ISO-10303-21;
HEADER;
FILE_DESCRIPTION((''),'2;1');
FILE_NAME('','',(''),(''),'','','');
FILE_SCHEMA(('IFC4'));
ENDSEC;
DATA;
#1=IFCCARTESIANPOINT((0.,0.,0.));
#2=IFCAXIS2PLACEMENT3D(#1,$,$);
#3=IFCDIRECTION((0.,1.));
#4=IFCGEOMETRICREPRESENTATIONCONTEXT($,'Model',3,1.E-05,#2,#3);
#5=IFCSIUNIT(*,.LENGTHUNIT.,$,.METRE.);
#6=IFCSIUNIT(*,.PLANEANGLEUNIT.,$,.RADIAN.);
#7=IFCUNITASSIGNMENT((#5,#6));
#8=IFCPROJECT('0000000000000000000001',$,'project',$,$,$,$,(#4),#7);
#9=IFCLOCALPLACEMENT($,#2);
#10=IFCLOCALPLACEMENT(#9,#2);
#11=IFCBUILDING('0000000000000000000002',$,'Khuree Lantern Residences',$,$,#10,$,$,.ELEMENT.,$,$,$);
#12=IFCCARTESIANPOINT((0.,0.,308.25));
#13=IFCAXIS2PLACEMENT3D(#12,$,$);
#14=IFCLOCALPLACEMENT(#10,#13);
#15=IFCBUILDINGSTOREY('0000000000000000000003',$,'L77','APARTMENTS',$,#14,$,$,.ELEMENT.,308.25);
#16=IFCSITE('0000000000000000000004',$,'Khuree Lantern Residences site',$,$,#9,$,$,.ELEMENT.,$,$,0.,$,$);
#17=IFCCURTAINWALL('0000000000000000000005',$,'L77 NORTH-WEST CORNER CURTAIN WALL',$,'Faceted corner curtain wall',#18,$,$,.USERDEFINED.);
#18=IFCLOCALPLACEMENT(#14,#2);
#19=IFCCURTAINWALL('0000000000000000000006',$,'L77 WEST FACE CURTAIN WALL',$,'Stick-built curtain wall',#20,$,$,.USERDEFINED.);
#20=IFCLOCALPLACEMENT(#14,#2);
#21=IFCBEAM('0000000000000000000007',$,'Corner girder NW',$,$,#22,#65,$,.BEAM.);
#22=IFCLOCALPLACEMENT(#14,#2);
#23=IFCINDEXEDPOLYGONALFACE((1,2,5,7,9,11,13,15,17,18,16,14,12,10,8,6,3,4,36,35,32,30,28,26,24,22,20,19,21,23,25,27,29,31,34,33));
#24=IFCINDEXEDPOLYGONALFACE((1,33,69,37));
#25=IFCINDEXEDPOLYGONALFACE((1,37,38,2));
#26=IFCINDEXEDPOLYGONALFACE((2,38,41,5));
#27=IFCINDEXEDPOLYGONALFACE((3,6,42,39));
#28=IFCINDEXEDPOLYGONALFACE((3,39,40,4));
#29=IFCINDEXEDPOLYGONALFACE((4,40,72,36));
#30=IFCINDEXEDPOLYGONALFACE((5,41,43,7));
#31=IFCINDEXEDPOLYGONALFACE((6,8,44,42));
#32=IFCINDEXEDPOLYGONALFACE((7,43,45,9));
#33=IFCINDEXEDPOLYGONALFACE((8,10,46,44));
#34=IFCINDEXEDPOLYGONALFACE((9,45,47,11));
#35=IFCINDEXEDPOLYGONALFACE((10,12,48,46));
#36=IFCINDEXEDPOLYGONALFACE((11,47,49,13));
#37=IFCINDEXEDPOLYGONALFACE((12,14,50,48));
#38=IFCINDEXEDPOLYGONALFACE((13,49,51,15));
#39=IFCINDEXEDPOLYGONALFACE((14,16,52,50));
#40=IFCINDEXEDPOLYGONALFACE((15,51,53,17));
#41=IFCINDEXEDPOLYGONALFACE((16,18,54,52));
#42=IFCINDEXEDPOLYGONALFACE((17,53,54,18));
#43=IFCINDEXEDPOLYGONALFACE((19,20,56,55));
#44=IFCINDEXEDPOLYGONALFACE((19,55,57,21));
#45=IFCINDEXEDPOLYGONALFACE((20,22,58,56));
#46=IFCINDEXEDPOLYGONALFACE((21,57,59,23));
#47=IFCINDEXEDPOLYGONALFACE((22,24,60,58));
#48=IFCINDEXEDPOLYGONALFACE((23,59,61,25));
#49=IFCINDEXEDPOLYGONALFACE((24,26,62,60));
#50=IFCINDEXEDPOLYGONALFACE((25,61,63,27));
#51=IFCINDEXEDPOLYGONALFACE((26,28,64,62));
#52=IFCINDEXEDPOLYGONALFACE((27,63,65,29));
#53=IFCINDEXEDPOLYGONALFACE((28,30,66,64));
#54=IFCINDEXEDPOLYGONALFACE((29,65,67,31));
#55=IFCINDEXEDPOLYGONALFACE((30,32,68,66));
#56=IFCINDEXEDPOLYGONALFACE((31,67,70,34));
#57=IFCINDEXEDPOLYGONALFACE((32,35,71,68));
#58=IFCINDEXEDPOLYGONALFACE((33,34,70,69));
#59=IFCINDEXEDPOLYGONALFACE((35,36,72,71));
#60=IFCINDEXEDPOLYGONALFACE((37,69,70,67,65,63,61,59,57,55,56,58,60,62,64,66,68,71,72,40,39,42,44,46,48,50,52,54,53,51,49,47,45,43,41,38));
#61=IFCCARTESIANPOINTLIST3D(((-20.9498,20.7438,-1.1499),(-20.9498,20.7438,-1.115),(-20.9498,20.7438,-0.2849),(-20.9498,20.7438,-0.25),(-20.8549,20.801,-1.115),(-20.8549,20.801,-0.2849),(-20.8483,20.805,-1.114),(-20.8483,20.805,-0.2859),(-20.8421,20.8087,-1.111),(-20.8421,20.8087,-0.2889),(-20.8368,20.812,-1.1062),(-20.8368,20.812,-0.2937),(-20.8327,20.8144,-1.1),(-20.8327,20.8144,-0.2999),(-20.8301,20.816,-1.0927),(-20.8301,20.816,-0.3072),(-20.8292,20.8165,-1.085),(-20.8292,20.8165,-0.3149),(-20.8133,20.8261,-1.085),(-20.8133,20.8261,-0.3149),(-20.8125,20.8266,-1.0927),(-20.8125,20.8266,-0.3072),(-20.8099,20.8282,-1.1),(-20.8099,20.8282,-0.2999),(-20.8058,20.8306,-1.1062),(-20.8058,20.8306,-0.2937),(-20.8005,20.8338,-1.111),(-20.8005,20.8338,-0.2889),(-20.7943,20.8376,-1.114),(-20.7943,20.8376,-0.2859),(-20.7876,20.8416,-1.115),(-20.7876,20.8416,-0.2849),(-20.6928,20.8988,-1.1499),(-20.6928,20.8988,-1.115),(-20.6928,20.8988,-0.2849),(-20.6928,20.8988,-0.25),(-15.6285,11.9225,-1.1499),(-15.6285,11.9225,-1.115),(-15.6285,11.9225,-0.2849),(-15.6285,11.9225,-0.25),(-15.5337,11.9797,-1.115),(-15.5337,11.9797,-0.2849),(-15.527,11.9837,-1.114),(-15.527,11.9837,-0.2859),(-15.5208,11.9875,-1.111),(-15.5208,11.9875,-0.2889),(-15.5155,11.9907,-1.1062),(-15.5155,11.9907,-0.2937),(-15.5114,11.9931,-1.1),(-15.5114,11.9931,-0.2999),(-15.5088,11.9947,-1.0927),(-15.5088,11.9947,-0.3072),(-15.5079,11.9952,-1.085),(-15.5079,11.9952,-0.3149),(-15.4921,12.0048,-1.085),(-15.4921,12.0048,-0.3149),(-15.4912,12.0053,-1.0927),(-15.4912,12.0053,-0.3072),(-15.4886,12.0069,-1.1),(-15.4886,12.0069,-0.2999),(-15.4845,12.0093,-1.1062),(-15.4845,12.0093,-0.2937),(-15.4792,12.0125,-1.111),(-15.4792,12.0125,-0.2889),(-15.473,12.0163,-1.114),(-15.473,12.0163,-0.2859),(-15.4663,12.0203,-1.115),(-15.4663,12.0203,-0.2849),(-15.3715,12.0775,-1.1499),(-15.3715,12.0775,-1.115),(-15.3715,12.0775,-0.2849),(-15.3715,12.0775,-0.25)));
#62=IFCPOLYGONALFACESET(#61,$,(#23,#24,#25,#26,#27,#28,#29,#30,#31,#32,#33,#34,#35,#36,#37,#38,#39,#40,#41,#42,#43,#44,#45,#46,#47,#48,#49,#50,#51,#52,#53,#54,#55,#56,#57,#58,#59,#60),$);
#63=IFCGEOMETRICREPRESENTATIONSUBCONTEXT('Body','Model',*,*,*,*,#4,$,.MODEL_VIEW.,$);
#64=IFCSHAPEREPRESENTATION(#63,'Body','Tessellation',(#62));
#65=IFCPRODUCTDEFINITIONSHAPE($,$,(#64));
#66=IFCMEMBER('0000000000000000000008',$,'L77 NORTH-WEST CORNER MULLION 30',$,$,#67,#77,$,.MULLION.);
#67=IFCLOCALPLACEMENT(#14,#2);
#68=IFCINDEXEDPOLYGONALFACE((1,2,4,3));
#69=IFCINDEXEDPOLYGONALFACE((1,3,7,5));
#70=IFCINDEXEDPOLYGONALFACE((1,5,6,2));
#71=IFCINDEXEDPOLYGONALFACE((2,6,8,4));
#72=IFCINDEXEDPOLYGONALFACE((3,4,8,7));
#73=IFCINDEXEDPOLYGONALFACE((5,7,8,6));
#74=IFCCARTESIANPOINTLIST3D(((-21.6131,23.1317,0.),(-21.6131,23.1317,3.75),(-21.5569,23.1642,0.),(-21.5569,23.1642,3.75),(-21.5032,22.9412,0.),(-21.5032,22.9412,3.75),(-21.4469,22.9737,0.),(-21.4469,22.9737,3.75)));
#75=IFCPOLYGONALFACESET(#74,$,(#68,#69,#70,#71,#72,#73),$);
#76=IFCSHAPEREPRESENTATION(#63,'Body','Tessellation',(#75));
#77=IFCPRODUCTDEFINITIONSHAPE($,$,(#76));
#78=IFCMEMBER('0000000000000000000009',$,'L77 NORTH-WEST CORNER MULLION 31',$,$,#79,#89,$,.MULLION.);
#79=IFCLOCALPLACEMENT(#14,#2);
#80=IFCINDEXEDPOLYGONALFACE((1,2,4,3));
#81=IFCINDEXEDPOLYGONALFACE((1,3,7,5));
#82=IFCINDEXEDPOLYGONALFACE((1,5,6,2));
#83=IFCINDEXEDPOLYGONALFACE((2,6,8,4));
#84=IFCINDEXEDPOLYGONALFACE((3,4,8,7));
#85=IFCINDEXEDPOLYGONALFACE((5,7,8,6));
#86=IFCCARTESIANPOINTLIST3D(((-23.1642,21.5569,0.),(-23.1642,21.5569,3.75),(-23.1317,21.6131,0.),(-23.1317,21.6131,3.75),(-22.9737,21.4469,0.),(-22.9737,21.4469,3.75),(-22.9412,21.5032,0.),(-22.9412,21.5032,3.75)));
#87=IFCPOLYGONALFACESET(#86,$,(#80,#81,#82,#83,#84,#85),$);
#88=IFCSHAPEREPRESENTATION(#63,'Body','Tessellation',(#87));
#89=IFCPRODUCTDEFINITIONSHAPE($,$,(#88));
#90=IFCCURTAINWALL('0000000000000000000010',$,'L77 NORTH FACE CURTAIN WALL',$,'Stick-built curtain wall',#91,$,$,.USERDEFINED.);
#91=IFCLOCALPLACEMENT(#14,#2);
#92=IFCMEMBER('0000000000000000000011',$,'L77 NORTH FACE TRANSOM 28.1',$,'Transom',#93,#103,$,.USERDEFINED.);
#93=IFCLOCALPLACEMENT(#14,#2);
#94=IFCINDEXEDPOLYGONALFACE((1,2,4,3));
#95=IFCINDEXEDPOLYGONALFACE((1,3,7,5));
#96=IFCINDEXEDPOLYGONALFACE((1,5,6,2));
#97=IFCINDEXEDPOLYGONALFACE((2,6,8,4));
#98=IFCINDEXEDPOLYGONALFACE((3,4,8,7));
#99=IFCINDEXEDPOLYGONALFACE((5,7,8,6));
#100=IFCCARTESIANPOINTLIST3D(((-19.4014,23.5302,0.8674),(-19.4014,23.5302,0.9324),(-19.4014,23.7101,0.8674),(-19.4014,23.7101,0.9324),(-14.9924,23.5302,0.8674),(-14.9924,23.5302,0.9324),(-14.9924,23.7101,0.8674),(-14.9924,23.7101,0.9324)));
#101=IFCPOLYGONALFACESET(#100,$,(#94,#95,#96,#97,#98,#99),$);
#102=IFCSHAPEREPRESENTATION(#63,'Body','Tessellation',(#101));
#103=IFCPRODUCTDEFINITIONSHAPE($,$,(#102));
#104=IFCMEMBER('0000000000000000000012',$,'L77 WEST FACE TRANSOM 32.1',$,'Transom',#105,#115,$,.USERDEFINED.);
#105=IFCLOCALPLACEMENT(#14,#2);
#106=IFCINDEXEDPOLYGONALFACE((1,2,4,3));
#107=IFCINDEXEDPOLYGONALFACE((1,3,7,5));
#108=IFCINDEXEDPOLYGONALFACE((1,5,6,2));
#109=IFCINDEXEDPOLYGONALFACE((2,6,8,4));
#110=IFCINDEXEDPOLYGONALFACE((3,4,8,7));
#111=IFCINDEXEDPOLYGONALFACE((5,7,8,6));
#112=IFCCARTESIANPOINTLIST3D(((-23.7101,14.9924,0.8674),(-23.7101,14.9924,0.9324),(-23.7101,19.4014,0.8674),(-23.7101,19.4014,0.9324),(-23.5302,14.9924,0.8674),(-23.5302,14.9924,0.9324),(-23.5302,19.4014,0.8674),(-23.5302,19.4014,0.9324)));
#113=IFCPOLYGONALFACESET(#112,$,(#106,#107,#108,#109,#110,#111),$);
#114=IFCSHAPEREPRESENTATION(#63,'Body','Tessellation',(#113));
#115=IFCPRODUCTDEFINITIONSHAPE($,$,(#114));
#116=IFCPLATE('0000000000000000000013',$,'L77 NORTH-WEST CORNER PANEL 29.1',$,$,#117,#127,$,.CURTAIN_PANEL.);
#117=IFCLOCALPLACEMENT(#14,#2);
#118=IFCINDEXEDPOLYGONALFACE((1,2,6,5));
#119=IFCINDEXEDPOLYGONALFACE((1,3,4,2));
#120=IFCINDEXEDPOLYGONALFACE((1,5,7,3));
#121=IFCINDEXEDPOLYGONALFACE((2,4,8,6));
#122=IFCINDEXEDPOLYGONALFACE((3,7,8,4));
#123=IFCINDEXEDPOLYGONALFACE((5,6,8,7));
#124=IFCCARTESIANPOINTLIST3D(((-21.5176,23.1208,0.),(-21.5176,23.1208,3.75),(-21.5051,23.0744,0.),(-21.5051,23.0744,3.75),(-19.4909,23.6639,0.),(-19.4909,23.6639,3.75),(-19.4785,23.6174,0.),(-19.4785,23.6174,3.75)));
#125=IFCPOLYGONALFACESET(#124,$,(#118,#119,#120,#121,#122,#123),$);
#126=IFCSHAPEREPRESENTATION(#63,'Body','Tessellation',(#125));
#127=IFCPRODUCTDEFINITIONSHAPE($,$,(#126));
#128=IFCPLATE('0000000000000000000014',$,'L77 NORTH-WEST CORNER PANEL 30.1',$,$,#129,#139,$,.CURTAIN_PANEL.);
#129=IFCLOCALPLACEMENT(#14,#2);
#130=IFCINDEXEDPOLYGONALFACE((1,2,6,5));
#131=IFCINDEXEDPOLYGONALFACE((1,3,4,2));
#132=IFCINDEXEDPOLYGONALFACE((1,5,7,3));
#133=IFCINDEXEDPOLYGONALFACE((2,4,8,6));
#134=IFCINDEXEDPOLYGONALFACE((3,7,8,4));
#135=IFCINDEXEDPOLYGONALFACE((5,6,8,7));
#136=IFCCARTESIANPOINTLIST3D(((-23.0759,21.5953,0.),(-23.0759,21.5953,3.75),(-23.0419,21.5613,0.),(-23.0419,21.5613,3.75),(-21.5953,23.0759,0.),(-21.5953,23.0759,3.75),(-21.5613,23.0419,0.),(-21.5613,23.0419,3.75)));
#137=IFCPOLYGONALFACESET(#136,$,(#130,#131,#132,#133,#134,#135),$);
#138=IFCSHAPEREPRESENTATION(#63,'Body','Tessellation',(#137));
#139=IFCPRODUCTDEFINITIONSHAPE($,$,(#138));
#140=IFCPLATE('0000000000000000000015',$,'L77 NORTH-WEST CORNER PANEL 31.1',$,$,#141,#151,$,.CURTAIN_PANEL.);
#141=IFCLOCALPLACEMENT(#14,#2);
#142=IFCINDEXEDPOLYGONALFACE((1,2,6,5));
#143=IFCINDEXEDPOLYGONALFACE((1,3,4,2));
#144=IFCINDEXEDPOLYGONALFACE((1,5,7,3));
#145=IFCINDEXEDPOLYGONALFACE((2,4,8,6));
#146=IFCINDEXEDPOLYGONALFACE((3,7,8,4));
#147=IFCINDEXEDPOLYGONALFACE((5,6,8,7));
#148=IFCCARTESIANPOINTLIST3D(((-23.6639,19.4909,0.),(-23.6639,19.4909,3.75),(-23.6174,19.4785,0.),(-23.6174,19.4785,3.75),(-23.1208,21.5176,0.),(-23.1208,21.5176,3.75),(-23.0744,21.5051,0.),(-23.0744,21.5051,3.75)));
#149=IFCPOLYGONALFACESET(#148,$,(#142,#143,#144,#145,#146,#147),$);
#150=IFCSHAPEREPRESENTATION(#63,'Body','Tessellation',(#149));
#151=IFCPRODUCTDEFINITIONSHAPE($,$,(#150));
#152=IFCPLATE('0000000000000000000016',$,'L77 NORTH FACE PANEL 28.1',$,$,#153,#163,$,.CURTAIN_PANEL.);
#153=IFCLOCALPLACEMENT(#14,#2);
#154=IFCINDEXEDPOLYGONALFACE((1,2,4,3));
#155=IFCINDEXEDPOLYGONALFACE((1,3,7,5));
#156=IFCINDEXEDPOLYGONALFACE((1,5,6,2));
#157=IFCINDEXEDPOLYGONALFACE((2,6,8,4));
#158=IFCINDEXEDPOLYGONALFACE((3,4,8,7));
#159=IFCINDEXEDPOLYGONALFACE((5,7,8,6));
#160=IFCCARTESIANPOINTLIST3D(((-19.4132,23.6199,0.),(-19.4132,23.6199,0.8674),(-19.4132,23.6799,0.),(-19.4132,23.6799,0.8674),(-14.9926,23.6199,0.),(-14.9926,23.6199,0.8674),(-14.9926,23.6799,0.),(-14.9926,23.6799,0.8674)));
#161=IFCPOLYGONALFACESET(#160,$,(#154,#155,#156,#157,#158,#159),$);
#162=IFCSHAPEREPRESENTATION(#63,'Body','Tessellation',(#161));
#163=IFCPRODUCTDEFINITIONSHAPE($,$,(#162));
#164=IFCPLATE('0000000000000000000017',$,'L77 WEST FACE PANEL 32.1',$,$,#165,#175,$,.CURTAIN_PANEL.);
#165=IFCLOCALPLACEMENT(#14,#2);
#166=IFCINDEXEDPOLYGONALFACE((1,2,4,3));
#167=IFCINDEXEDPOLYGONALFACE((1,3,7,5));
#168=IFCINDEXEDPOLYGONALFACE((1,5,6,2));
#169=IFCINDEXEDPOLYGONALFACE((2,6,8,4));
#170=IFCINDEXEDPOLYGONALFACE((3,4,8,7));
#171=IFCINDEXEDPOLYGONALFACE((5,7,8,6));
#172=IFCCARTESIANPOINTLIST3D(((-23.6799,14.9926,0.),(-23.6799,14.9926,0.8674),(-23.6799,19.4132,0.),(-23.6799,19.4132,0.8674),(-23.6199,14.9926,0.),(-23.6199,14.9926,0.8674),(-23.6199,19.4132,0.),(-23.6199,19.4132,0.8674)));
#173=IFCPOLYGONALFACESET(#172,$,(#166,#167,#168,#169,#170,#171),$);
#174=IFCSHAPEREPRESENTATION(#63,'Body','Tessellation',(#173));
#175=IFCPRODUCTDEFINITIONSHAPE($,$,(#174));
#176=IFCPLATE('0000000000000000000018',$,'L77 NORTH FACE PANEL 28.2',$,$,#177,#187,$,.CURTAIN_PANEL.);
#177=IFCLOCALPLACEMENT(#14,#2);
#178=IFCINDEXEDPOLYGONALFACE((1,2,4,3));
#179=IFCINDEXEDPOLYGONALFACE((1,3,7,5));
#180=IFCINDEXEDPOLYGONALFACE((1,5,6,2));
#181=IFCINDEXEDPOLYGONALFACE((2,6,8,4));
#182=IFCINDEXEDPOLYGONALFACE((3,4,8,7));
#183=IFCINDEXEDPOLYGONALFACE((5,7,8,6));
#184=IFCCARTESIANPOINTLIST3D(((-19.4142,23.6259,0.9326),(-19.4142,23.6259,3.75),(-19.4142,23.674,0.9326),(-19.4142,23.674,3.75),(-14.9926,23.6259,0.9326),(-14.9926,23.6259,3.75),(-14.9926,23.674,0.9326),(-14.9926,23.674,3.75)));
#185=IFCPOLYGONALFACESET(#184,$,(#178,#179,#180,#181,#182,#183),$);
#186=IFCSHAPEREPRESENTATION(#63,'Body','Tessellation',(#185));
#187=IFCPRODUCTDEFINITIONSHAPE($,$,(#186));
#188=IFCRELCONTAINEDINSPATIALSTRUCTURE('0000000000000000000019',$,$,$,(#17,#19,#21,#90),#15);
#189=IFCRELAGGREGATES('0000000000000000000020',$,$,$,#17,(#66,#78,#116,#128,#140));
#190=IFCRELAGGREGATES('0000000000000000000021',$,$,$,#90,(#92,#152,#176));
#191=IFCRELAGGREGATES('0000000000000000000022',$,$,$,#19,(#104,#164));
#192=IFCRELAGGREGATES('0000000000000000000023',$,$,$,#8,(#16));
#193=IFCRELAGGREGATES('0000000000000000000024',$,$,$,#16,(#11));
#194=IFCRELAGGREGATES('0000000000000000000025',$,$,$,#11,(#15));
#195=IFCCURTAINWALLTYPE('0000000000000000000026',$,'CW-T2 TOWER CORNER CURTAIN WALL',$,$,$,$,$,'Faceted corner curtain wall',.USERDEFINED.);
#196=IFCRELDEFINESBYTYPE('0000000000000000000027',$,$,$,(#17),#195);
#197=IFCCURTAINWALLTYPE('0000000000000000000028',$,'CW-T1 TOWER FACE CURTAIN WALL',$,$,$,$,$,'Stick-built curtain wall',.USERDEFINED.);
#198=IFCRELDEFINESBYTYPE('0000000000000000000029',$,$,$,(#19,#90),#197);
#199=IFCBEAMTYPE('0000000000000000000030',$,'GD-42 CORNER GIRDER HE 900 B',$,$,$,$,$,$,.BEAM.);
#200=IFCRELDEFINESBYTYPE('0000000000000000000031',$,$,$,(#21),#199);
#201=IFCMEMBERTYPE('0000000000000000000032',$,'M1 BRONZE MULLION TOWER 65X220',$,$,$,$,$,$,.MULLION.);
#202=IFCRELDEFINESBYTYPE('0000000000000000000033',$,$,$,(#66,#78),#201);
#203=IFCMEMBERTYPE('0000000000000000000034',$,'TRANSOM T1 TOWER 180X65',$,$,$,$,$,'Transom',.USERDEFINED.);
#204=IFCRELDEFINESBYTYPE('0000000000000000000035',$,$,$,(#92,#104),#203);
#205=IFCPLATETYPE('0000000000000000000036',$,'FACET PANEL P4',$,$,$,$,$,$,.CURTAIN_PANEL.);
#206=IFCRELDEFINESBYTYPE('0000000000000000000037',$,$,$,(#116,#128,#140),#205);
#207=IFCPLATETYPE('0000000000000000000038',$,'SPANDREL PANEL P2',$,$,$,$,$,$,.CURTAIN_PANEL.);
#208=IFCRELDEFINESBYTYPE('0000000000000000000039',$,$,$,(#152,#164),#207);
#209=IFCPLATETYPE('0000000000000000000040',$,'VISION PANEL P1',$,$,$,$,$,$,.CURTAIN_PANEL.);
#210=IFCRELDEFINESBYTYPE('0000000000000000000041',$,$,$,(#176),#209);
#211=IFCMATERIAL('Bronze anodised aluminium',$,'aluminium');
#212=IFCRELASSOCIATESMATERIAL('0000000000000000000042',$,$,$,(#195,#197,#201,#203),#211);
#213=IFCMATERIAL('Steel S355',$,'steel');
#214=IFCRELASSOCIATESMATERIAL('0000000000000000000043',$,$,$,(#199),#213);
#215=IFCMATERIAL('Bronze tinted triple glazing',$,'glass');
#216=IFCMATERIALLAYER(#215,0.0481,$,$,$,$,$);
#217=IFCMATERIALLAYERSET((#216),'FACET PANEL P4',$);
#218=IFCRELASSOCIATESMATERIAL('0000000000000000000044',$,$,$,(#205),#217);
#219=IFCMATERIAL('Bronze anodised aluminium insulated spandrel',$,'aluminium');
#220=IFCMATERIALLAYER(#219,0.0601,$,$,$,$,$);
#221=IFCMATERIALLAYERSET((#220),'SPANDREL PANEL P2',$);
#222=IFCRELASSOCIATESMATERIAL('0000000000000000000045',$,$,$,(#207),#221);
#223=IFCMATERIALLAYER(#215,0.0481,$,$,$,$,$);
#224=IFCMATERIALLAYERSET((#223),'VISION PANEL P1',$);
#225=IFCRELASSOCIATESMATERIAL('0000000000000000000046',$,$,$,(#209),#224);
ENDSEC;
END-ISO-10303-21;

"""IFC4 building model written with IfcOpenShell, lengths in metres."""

from ifc_helpers import new_model, si_unit, direction, frame, origin, origin_2d, place, context, subcontext, project, spatial, rectangle, i_section, extrude, material, layer, layer_set, material_profile, profile_set, type_object, element, aggregate, save


model = new_model("IFC4")

# Units and contexts
model_context = context("Model", 3, precision=1e-05, world=origin(), true_north=direction((0.0, 1.0)))
body_context = subcontext(model_context, "Body", "Model", "MODEL_VIEW")
ifc_project = project(units=[si_unit("LENGTHUNIT", "METRE"), si_unit("PLANEANGLEUNIT", "RADIAN")], contexts=[model_context])

# Site, building, storey
site_placement = place(None, origin())
site = spatial("IfcSite", under=ifc_project, at=site_placement, Name="Khuree Lantern Residences site", CompositionType="ELEMENT", RefElevation=0.0)
building_placement = place(site_placement, origin())
building = spatial("IfcBuilding", under=site, at=building_placement, Name="Khuree Lantern Residences", CompositionType="ELEMENT")
storey_placement = place(building_placement, frame((0.0, 0.0, 308.25)))
storey = spatial("IfcBuildingStorey", under=building, at=storey_placement, Name="L77", Description="APARTMENTS", CompositionType="ELEMENT", Elevation=308.25)

# Shared definitions
ifc_material_1 = material(Name="Steel S355", Category="steel")

# Curtain walls
ifc_material_2 = material(Name="Bronze anodised aluminium", Category="aluminium")
curtain_wall_type_1 = type_object("IfcCurtainWallType", Name="CW-T2 TOWER CORNER CURTAIN WALL", ElementType="Faceted corner curtain wall", PredefinedType="USERDEFINED", material=ifc_material_2)
curtain_wall_1_placement = place(storey_placement, origin())
curtain_wall_1 = element("IfcCurtainWall", 1, at=curtain_wall_1_placement, inside=storey, type_object=curtain_wall_type_1, Name="L77 NORTH-WEST CORNER CURTAIN WALL", ObjectType="Faceted corner curtain wall", PredefinedType="USERDEFINED")
curtain_wall_type_2 = type_object("IfcCurtainWallType", Name="CW-T1 TOWER FACE CURTAIN WALL", ElementType="Stick-built curtain wall", PredefinedType="USERDEFINED", material=ifc_material_2)
curtain_wall_2_placement = place(storey_placement, origin())
curtain_wall_2 = element("IfcCurtainWall", 2, at=curtain_wall_2_placement, inside=storey, type_object=curtain_wall_type_2, Name="L77 WEST FACE CURTAIN WALL", ObjectType="Stick-built curtain wall", PredefinedType="USERDEFINED")

# Beam
ifc_material_profile_1 = material_profile(ifc_material_1, i_section(OverallWidth=0.3, OverallDepth=0.8999, WebThickness=0.0186, FlangeThickness=0.0349, FilletRadius=0.03, at=origin_2d()), Name="HE 900 B")
ifc_profile_set_1 = profile_set([ifc_material_profile_1], Name="Steel S355")
beam_type_1 = type_object("IfcBeamType", Name="GD-42 CORNER GIRDER HE 900 B", PredefinedType="BEAM", material=ifc_profile_set_1)
beam_1_placement = place(storey_placement, frame((-20.8213, 20.8213, -0.7), z_axis=(0.51653, -0.856269, 0.0), x_axis=(0.856269, 0.51653, 0.0)))
element("IfcBeam", 3, at=beam_1_placement, inside=storey, type_object=beam_type_1, Name="Corner girder NW", PredefinedType="BEAM", context=body_context, shape_type="SweptSolid", body=[
    extrude(i_section(OverallWidth=0.3, OverallDepth=0.8999, WebThickness=0.0186, FlangeThickness=0.0349, FilletRadius=0.03, at=origin_2d()), origin(), (0.0, 0.0, 1.0), 10.302),
])

# Members
ifc_material_profile_2 = material_profile(ifc_material_2, rectangle(XDim=0.0649, YDim=0.22, at=origin_2d()), Name="M1 65X220")
ifc_profile_set_2 = profile_set([ifc_material_profile_2], Name="Bronze anodised aluminium")
member_type_1 = type_object("IfcMemberType", Name="M1 BRONZE MULLION TOWER 65X220", PredefinedType="MULLION", material=ifc_profile_set_2)
member_1_placement = place(storey_placement, frame((-21.53, 23.0527, 0.0), z_axis=(0.0, 0.0, 1.0), x_axis=(-0.866025, -0.5, 0.0)))
member_1 = element("IfcMember", 4, at=member_1_placement, type_object=member_type_1, Name="L77 NORTH-WEST CORNER MULLION 30", PredefinedType="MULLION", context=body_context, shape_type="SweptSolid", body=[
    extrude(rectangle(XDim=0.0649, YDim=0.22, at=origin_2d()), origin(), (0.0, 0.0, 1.0), 3.75),
])
member_2_placement = place(storey_placement, frame((-23.0527, 21.53, 0.0), z_axis=(0.0, 0.0, 1.0), x_axis=(-0.5, -0.866025, 0.0)))
member_2 = element("IfcMember", 5, at=member_2_placement, type_object=member_type_1, Name="L77 NORTH-WEST CORNER MULLION 31", PredefinedType="MULLION", context=body_context, shape_type="SweptSolid", body=[
    extrude(rectangle(XDim=0.0649, YDim=0.22, at=origin_2d()), origin(), (0.0, 0.0, 1.0), 3.75),
])

# Curtain wall, member
curtain_wall_3_placement = place(storey_placement, origin())
curtain_wall_3 = element("IfcCurtainWall", 6, at=curtain_wall_3_placement, inside=storey, type_object=curtain_wall_type_2, Name="L77 NORTH FACE CURTAIN WALL", ObjectType="Stick-built curtain wall", PredefinedType="USERDEFINED")
ifc_material_profile_3 = material_profile(ifc_material_2, rectangle(XDim=0.1799, YDim=0.0649, at=origin_2d()), Name="T1 180X65")
ifc_profile_set_3 = profile_set([ifc_material_profile_3], Name="Bronze anodised aluminium")
member_type_2 = type_object("IfcMemberType", Name="TRANSOM T1 TOWER 180X65", ElementType="Transom", PredefinedType="USERDEFINED", material=ifc_profile_set_3)
member_3_placement = place(storey_placement, frame((-14.9924, 23.6201, 0.8999), z_axis=(-1.0, 0.0, 0.0), x_axis=(0.0, -1.0, 0.0)))
member_3 = element("IfcMember", 7, at=member_3_placement, type_object=member_type_2, Name="L77 NORTH FACE TRANSOM 28.1", ObjectType="Transom", PredefinedType="USERDEFINED", context=body_context, shape_type="SweptSolid", body=[
    extrude(rectangle(XDim=0.1799, YDim=0.0649, at=origin_2d()), origin(), (0.0, 0.0, 1.0), 4.4089),
])

# Member
member_4_placement = place(storey_placement, frame((-23.6201, 19.4014, 0.8999), z_axis=(0.0, -1.0, 0.0), x_axis=(1.0, 0.0, 0.0)))
member_4 = element("IfcMember", 8, at=member_4_placement, type_object=member_type_2, Name="L77 WEST FACE TRANSOM 32.1", ObjectType="Transom", PredefinedType="USERDEFINED", context=body_context, shape_type="SweptSolid", body=[
    extrude(rectangle(XDim=0.1799, YDim=0.0649, at=origin_2d()), origin(), (0.0, 0.0, 1.0), 4.4089),
])

# Plates
ifc_material_3 = material(Name="Bronze tinted triple glazing", Category="glass")
ifc_layer_1 = layer(ifc_material_3, 0.0481)
ifc_layer_set_1 = layer_set([ifc_layer_1], Name="FACET PANEL P4")
plate_type_1 = type_object("IfcPlateType", Name="FACET PANEL P4", PredefinedType="CURTAIN_PANEL", material=ifc_layer_set_1)
plate_1_placement = place(storey_placement, frame((-20.498, 23.3691, 0.0), z_axis=(0.0, 0.0, 1.0), x_axis=(-0.965926, -0.258819, 0.0)))
plate_1 = element("IfcPlate", 9, at=plate_1_placement, type_object=plate_type_1, Name="L77 NORTH-WEST CORNER PANEL 29.1", PredefinedType="CURTAIN_PANEL", context=body_context, shape_type="SweptSolid", body=[
    extrude(rectangle(XDim=2.0981, YDim=0.0481, at=origin_2d()), origin(), (0.0, 0.0, 1.0), 3.75),
])
plate_2_placement = place(storey_placement, frame((-22.3186, 22.3186, 0.0), z_axis=(0.0, 0.0, 1.0), x_axis=(-0.707107, -0.707107, 0.0)))
plate_2 = element("IfcPlate", 10, at=plate_2_placement, type_object=plate_type_1, Name="L77 NORTH-WEST CORNER PANEL 30.1", PredefinedType="CURTAIN_PANEL", context=body_context, shape_type="SweptSolid", body=[
    extrude(rectangle(XDim=2.094, YDim=0.0481, at=origin_2d()), origin(), (0.0, 0.0, 1.0), 3.75),
])
plate_3_placement = place(storey_placement, frame((-23.3691, 20.498, 0.0), z_axis=(0.0, 0.0, 1.0), x_axis=(-0.258819, -0.965926, 0.0)))
plate_3 = element("IfcPlate", 11, at=plate_3_placement, type_object=plate_type_1, Name="L77 NORTH-WEST CORNER PANEL 31.1", PredefinedType="CURTAIN_PANEL", context=body_context, shape_type="SweptSolid", body=[
    extrude(rectangle(XDim=2.0981, YDim=0.0481, at=origin_2d()), origin(), (0.0, 0.0, 1.0), 3.75),
])
aggregate(curtain_wall_1, [member_1, member_2, plate_1, plate_2, plate_3])
ifc_material_4 = material(Name="Bronze anodised aluminium insulated spandrel", Category="aluminium")
ifc_layer_2 = layer(ifc_material_4, 0.0601)
ifc_layer_set_2 = layer_set([ifc_layer_2], Name="SPANDREL PANEL P2")
plate_type_2 = type_object("IfcPlateType", Name="SPANDREL PANEL P2", PredefinedType="CURTAIN_PANEL", material=ifc_layer_set_2)
plate_4_placement = place(storey_placement, frame((-17.2029, 23.6499, 0.0), z_axis=(0.0, 0.0, 1.0), x_axis=(-1.0, 0.0, 0.0)))
plate_4 = element("IfcPlate", 12, at=plate_4_placement, type_object=plate_type_2, Name="L77 NORTH FACE PANEL 28.1", PredefinedType="CURTAIN_PANEL", context=body_context, shape_type="SweptSolid", body=[
    extrude(rectangle(XDim=4.4207, YDim=0.0601, at=origin_2d()), origin(), (0.0, 0.0, 1.0), 0.8674),
])
plate_5_placement = place(storey_placement, frame((-23.6499, 17.2029, 0.0), z_axis=(0.0, 0.0, 1.0), x_axis=(0.0, -1.0, 0.0)))
plate_5 = element("IfcPlate", 13, at=plate_5_placement, type_object=plate_type_2, Name="L77 WEST FACE PANEL 32.1", PredefinedType="CURTAIN_PANEL", context=body_context, shape_type="SweptSolid", body=[
    extrude(rectangle(XDim=4.4207, YDim=0.0601, at=origin_2d()), origin(), (0.0, 0.0, 1.0), 0.8674),
])
ifc_layer_3 = layer(ifc_material_3, 0.0481)
ifc_layer_set_3 = layer_set([ifc_layer_3], Name="VISION PANEL P1")
plate_type_3 = type_object("IfcPlateType", Name="VISION PANEL P1", PredefinedType="CURTAIN_PANEL", material=ifc_layer_set_3)
plate_6_placement = place(storey_placement, frame((-17.2034, 23.6499, 0.9326), z_axis=(0.0, 0.0, 1.0), x_axis=(-1.0, 0.0, 0.0)))
plate_6 = element("IfcPlate", 14, at=plate_6_placement, type_object=plate_type_3, Name="L77 NORTH FACE PANEL 28.2", PredefinedType="CURTAIN_PANEL", context=body_context, shape_type="SweptSolid", body=[
    extrude(rectangle(XDim=4.4216, YDim=0.0481, at=origin_2d()), origin(), (0.0, 0.0, 1.0), 2.8174),
])
aggregate(curtain_wall_3, [member_3, plate_4, plate_6])
aggregate(curtain_wall_2, [member_4, plate_5])

save(model, "model.ifc")
